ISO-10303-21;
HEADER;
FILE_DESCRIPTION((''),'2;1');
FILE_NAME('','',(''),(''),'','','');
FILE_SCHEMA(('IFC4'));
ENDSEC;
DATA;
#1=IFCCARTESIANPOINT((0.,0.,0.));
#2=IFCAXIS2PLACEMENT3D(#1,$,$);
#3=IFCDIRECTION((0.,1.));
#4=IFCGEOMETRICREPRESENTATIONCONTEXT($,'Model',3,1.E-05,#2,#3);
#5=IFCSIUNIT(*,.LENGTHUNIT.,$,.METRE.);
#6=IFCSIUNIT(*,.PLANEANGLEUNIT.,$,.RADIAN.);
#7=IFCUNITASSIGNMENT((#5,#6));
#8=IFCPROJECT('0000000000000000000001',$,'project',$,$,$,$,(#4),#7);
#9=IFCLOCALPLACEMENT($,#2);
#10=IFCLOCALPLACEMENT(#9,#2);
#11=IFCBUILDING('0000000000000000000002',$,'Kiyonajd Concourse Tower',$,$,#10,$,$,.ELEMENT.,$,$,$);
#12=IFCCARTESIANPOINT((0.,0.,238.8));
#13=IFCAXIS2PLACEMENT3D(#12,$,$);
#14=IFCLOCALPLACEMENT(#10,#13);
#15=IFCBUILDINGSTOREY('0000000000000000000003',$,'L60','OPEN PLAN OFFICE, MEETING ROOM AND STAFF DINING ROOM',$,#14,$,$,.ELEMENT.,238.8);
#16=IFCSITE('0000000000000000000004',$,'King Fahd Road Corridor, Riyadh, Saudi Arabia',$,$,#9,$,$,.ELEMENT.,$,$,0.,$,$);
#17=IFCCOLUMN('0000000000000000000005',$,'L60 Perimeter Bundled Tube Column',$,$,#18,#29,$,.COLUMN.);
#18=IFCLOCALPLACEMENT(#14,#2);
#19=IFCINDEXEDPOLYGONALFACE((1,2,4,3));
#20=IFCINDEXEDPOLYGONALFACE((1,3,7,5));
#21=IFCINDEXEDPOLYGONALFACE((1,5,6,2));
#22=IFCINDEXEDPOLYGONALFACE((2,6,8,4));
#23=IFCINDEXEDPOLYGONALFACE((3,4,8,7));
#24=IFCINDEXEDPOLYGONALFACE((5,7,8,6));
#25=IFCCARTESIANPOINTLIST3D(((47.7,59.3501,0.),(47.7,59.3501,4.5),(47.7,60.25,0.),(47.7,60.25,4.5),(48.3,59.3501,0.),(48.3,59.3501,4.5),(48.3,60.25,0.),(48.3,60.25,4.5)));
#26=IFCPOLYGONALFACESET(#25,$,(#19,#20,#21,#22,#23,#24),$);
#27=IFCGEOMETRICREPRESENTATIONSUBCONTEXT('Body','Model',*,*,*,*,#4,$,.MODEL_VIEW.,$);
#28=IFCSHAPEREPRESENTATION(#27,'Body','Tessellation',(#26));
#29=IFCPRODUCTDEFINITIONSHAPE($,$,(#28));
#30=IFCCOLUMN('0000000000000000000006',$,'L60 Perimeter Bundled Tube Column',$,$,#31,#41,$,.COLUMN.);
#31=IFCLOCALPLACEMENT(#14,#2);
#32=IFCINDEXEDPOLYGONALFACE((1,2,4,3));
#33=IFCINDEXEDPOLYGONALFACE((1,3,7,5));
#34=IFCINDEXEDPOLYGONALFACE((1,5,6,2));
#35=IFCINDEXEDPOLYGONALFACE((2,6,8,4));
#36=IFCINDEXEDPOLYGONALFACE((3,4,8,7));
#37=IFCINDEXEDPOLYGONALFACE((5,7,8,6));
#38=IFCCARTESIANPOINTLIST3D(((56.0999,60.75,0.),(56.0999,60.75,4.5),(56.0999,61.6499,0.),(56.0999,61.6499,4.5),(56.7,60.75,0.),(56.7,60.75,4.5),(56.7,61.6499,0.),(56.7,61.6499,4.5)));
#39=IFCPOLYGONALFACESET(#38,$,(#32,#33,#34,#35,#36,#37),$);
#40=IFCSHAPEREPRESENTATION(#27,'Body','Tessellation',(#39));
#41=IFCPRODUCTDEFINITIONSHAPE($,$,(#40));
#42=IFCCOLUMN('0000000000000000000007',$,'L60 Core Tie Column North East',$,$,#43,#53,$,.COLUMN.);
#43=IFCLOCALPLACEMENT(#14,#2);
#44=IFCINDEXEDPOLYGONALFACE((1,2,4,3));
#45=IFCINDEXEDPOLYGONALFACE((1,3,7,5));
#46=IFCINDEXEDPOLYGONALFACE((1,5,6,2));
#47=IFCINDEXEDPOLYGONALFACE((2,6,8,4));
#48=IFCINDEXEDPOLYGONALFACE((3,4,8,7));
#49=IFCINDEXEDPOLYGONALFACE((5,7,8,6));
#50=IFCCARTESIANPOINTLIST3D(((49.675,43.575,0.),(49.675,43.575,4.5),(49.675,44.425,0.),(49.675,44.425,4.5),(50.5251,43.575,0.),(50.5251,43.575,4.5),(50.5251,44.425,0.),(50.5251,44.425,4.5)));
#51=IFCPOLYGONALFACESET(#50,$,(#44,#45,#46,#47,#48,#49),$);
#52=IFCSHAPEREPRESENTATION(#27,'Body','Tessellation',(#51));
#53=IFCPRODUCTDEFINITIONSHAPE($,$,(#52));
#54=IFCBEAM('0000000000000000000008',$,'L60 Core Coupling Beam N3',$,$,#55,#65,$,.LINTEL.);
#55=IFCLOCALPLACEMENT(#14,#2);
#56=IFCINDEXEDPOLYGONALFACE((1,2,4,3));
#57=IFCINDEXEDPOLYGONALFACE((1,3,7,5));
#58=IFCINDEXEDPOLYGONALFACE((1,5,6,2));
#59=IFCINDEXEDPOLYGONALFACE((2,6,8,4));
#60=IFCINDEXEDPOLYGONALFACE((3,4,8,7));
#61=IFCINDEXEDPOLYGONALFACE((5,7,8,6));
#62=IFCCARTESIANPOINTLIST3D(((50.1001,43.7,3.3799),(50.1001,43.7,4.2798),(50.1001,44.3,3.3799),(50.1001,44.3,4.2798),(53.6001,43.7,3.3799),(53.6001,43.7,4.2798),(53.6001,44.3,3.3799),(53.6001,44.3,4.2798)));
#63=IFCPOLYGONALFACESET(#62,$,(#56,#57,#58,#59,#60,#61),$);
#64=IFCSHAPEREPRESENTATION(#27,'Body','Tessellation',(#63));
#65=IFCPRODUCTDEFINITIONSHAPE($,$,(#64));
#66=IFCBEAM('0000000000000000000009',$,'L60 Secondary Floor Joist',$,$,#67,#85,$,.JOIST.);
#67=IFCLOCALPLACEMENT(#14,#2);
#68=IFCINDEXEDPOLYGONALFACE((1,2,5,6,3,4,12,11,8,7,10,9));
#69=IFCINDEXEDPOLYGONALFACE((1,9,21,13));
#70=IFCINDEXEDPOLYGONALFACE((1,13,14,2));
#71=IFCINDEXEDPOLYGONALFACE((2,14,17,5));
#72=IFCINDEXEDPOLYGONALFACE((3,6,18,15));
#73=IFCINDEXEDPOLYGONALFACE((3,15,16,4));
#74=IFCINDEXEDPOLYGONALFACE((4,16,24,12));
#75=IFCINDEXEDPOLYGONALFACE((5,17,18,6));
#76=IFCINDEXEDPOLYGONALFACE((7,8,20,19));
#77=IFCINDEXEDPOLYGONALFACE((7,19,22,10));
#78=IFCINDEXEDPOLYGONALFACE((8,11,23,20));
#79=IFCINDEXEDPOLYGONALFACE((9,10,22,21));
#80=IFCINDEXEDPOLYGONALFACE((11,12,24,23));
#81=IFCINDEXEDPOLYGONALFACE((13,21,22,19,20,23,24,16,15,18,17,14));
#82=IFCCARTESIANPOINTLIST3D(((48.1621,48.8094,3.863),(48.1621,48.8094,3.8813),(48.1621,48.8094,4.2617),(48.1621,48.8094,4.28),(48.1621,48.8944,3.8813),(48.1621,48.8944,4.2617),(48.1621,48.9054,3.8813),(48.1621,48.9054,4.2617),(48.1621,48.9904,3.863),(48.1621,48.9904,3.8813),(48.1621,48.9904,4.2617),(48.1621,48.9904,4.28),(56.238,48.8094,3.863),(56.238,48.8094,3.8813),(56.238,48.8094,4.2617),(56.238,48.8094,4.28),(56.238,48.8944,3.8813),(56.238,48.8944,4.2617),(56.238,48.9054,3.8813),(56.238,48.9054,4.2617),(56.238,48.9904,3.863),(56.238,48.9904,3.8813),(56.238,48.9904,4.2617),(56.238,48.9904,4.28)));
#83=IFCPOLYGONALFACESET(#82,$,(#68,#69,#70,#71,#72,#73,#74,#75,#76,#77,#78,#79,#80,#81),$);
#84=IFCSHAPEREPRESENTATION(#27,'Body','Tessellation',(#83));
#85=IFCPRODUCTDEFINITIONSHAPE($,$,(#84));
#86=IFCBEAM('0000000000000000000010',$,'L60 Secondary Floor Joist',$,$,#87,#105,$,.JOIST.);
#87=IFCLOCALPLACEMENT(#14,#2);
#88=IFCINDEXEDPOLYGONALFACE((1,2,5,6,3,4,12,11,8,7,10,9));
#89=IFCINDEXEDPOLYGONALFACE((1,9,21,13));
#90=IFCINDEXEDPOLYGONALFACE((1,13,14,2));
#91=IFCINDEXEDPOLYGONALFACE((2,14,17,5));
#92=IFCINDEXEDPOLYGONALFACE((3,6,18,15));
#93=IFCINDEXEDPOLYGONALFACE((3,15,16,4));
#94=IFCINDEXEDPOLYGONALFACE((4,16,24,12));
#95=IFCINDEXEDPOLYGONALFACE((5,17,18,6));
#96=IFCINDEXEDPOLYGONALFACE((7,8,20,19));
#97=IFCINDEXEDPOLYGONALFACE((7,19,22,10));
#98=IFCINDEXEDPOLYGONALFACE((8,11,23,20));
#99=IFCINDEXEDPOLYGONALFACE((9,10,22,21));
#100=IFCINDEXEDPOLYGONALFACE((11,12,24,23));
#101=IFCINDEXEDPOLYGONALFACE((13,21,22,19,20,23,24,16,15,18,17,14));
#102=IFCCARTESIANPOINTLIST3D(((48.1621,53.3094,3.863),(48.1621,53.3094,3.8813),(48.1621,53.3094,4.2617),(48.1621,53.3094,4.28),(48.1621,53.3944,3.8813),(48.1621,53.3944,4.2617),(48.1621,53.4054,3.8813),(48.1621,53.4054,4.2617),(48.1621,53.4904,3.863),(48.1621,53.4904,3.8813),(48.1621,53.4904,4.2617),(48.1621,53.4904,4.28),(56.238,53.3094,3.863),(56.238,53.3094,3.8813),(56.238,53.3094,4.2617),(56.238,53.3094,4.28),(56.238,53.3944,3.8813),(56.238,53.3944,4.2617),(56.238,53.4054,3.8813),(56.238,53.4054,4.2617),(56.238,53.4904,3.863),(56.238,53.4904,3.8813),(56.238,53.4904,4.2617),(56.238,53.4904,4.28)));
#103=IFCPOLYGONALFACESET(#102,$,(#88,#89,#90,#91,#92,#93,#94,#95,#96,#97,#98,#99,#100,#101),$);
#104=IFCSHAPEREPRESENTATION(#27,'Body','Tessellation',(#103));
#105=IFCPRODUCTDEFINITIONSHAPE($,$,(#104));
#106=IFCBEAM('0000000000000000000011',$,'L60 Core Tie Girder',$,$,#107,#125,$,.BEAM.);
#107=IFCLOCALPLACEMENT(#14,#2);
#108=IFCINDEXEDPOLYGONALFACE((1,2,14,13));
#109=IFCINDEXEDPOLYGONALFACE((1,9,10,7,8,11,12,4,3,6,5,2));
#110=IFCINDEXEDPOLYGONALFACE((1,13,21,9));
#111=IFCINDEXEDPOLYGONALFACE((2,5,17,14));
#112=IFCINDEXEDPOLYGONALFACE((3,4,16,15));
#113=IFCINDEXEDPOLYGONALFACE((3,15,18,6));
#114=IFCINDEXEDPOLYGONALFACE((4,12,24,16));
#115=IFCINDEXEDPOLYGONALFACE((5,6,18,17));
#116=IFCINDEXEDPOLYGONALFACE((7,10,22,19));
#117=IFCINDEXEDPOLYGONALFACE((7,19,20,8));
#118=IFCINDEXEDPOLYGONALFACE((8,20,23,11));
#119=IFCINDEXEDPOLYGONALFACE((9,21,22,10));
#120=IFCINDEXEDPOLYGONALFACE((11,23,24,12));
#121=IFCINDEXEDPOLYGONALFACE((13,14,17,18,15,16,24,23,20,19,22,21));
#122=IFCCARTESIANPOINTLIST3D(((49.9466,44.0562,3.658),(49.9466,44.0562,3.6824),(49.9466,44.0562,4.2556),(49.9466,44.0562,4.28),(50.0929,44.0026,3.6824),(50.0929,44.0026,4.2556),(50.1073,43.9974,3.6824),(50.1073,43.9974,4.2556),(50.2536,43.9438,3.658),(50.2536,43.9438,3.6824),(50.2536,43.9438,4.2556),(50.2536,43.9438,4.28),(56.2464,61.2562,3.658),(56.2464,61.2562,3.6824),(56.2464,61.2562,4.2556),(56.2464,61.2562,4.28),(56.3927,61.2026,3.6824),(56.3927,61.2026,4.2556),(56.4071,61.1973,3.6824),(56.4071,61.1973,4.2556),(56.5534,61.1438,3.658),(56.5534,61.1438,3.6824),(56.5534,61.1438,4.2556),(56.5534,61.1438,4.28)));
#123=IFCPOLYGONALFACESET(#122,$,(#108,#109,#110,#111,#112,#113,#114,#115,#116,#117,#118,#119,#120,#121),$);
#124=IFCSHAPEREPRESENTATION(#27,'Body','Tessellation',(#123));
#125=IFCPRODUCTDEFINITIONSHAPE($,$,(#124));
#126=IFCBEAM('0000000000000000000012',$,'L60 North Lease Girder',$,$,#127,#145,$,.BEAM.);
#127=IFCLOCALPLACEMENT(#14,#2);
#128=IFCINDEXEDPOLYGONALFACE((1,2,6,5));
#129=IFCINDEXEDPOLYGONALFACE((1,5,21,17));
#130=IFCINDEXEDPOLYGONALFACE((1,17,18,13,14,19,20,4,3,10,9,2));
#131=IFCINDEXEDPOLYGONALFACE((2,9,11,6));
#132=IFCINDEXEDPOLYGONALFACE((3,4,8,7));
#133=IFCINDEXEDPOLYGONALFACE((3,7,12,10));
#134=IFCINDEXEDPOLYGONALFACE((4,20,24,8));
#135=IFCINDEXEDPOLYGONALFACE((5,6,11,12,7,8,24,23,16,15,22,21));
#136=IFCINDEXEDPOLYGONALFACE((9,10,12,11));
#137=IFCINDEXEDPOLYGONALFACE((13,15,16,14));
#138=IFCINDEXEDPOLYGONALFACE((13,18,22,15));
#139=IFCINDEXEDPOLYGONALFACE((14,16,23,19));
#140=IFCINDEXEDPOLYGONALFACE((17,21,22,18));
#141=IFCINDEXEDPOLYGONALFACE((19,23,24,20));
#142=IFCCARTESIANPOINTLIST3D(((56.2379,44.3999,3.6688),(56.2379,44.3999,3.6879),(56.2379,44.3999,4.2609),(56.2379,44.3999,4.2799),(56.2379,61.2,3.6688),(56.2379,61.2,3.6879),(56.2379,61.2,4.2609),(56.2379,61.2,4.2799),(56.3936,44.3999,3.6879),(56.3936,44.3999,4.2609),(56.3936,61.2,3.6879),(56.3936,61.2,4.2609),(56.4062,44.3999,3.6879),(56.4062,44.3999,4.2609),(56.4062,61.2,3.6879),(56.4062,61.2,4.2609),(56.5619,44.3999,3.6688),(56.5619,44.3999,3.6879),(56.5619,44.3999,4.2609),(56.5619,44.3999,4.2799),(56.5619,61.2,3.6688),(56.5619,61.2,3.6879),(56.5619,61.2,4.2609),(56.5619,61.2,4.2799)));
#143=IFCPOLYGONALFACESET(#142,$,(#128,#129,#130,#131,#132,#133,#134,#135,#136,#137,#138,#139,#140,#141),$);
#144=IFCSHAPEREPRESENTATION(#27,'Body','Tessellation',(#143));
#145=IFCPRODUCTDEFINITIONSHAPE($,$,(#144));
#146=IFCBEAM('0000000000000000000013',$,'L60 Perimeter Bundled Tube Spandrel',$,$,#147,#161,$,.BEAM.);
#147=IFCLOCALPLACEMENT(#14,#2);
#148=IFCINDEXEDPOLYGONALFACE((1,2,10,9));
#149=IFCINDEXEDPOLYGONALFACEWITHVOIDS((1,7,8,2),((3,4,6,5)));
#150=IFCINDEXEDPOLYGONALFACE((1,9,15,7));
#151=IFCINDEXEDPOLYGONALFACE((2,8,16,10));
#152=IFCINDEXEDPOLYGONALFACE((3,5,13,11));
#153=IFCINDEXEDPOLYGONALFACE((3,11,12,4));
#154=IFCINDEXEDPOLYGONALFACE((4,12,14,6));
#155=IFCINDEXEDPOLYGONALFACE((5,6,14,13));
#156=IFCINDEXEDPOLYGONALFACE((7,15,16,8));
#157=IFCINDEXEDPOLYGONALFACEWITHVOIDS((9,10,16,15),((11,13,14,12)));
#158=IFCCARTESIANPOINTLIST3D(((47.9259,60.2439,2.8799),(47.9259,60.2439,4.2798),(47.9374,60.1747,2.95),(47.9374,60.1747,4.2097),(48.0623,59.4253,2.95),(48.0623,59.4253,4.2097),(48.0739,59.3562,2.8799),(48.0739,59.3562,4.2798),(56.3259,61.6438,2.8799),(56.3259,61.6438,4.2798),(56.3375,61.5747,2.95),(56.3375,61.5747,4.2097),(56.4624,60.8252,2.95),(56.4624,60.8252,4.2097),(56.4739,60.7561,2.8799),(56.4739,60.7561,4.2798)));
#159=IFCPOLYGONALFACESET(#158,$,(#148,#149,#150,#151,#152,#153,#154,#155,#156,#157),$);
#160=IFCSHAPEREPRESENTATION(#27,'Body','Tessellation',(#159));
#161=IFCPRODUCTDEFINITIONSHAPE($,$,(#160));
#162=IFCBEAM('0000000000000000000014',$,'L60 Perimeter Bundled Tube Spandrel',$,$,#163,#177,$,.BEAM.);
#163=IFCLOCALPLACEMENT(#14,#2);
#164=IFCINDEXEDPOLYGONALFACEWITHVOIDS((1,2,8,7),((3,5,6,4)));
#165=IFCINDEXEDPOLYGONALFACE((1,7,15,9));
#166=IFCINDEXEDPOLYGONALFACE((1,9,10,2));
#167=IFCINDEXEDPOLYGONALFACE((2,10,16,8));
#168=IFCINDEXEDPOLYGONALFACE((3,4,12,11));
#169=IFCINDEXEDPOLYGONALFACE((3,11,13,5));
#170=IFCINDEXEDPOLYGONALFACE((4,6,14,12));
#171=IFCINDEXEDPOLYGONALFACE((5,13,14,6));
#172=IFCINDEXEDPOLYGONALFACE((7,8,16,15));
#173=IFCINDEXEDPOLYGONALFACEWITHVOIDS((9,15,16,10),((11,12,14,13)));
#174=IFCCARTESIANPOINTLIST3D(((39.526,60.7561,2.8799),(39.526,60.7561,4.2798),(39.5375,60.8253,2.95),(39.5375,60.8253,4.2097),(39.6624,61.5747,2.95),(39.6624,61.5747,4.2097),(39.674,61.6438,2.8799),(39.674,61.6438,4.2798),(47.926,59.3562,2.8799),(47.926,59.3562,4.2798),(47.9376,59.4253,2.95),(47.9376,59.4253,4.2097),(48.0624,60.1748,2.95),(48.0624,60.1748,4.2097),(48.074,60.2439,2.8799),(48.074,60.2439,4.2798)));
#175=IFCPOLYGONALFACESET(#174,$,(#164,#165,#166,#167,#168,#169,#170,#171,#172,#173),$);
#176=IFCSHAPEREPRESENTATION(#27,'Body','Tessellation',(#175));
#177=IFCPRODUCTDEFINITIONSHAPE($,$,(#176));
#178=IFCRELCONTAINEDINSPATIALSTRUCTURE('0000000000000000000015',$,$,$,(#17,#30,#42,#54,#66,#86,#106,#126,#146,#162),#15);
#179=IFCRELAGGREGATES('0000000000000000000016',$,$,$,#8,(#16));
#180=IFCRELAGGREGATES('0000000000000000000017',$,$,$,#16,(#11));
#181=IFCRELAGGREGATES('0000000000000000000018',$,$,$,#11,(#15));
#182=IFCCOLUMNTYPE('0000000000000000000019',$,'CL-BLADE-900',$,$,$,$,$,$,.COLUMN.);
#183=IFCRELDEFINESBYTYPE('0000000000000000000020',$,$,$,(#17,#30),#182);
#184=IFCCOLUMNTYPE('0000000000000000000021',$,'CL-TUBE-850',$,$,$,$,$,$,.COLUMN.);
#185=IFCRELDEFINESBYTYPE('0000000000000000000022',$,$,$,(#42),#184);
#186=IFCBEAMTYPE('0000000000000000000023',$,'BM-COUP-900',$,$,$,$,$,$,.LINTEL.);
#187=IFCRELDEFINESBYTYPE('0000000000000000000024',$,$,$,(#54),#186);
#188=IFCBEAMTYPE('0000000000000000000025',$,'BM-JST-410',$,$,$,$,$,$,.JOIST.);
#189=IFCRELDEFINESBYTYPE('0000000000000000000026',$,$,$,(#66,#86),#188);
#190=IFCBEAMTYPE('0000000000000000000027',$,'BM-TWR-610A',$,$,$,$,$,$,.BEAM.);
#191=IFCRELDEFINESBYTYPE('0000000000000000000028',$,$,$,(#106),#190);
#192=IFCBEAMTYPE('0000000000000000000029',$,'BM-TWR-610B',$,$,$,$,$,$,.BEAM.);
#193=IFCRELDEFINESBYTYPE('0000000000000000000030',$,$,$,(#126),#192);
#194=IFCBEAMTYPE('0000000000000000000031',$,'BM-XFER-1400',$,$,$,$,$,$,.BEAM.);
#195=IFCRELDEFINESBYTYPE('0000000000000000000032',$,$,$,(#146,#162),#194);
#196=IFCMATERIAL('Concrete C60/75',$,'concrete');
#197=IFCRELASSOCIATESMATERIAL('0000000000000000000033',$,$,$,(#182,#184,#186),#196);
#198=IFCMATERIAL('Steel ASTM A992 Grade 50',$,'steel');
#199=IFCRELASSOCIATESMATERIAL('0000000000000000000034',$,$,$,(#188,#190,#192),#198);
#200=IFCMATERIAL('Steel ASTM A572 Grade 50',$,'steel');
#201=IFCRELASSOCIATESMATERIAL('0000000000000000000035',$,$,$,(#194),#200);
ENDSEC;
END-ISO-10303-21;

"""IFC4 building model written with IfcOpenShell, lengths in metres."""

from ifc_helpers import new_model, si_unit, direction, frame, origin, origin_2d, place, context, subcontext, project, spatial, rectangle, hollow_rectangle, i_section, extrude, material, material_profile, profile_set, type_object, element, save


model = new_model("IFC4")

# Units and contexts
model_context = context("Model", 3, precision=1e-05, world=origin(), true_north=direction((0.0, 1.0)))
body_context = subcontext(model_context, "Body", "Model", "MODEL_VIEW")
ifc_project = project(units=[si_unit("LENGTHUNIT", "METRE"), si_unit("PLANEANGLEUNIT", "RADIAN")], contexts=[model_context])

# Site, building, storey
site_placement = place(None, origin())
site = spatial("IfcSite", under=ifc_project, at=site_placement, Name="King Fahd Road Corridor, Riyadh, Saudi Arabia", CompositionType="ELEMENT", RefElevation=0.0)
building_placement = place(site_placement, origin())
building = spatial("IfcBuilding", under=site, at=building_placement, Name="Kiyonajd Concourse Tower", CompositionType="ELEMENT")
storey_placement = place(building_placement, frame((0.0, 0.0, 238.8)))
storey = spatial("IfcBuildingStorey", under=building, at=storey_placement, Name="L60", Description="OPEN PLAN OFFICE, MEETING ROOM AND STAFF DINING ROOM", CompositionType="ELEMENT", Elevation=238.8)

# Columns
ifc_material_1 = material(Name="Concrete C60/75", Category="concrete")
ifc_material_profile_1 = material_profile(ifc_material_1, rectangle(XDim=0.6001, YDim=0.8999, at=origin_2d()), Name="RC-900x600")
ifc_profile_set_1 = profile_set([ifc_material_profile_1], Name="Concrete C60/75")
column_type_1 = type_object("IfcColumnType", Name="CL-BLADE-900", PredefinedType="COLUMN", material=ifc_profile_set_1)
for number, where, z_axis, x_axis, name in (
    (1, (48.0, 59.8, 0.0), (0.0, 0.0, 1.0), (1.0, 0.0, 0.0), "L60 Perimeter Bundled Tube Column"),
    (2, (56.3999, 61.2, 0.0), (0.0, 0.0, 1.0), (1.0, 0.0, 0.0), "L60 Perimeter Bundled Tube Column"),
):
    element("IfcColumn", number, at=place(storey_placement, frame(where, z_axis=z_axis, x_axis=x_axis)), inside=storey, type_object=column_type_1, Name=name, PredefinedType="COLUMN", context=body_context, shape_type="SweptSolid", body=[
        extrude(rectangle(XDim=0.6001, YDim=0.8999, at=origin_2d()), origin(), (0.0, 0.0, 1.0), 4.5),
    ])
ifc_material_profile_2 = material_profile(ifc_material_1, rectangle(XDim=0.8501, YDim=0.8501, at=origin_2d()), Name="RC-850x850")
ifc_profile_set_2 = profile_set([ifc_material_profile_2], Name="Concrete C60/75")
column_type_2 = type_object("IfcColumnType", Name="CL-TUBE-850", PredefinedType="COLUMN", material=ifc_profile_set_2)
column_placement = place(storey_placement, frame((50.1001, 44.0, 0.0), z_axis=(0.0, 0.0, 1.0), x_axis=(1.0, 0.0, 0.0)))
element("IfcColumn", 3, at=column_placement, inside=storey, type_object=column_type_2, Name="L60 Core Tie Column North East", PredefinedType="COLUMN", context=body_context, shape_type="SweptSolid", body=[
    extrude(rectangle(XDim=0.8501, YDim=0.8501, at=origin_2d()), origin(), (0.0, 0.0, 1.0), 4.5),
])

# Beams
ifc_material_profile_3 = material_profile(ifc_material_1, rectangle(XDim=0.6001, YDim=0.8999, at=origin_2d()), Name="RCBM-600x900")
ifc_profile_set_3 = profile_set([ifc_material_profile_3], Name="Concrete C60/75")
beam_type_1 = type_object("IfcBeamType", Name="BM-COUP-900", PredefinedType="LINTEL", material=ifc_profile_set_3)
beam_1_placement = place(storey_placement, frame((50.1001, 44.0, 3.8298), z_axis=(1.0, 0.0, 0.0), x_axis=(0.0, 1.0, 0.0)))
element("IfcBeam", 4, at=beam_1_placement, inside=storey, type_object=beam_type_1, Name="L60 Core Coupling Beam N3", PredefinedType="LINTEL", context=body_context, shape_type="SweptSolid", body=[
    extrude(rectangle(XDim=0.6001, YDim=0.8999, at=origin_2d()), origin(), (0.0, 0.0, 1.0), 3.5),
])
ifc_material_2 = material(Name="Steel ASTM A992 Grade 50", Category="steel")
ifc_material_profile_4 = material_profile(ifc_material_2, i_section(OverallWidth=0.1809, OverallDepth=0.417, WebThickness=0.011, FlangeThickness=0.0183, at=origin_2d()), Name="W410X85")
ifc_profile_set_4 = profile_set([ifc_material_profile_4], Name="Steel ASTM A992 Grade 50")
beam_type_2 = type_object("IfcBeamType", Name="BM-JST-410", PredefinedType="JOIST", material=ifc_profile_set_4)
for number, where, z_axis, x_axis, name in (
    (5, (48.1621, 48.8999, 4.0715), (1.0, 0.0, 0.0), (0.0, 1.0, 0.0), "L60 Secondary Floor Joist"),
    (6, (48.1621, 53.3999, 4.0715), (1.0, 0.0, 0.0), (0.0, 1.0, 0.0), "L60 Secondary Floor Joist"),
):
    element("IfcBeam", number, at=place(storey_placement, frame(where, z_axis=z_axis, x_axis=x_axis)), inside=storey, type_object=beam_type_2, Name=name, PredefinedType="JOIST", context=body_context, shape_type="SweptSolid", body=[
        extrude(i_section(OverallWidth=0.1809, OverallDepth=0.417, WebThickness=0.011, FlangeThickness=0.0183, at=origin_2d()), origin(), (0.0, 0.0, 1.0), 8.0759),
    ])
ifc_material_profile_5 = material_profile(ifc_material_2, i_section(OverallWidth=0.3269, OverallDepth=0.6221, WebThickness=0.0154, FlangeThickness=0.0244, at=origin_2d()), Name="W610X195")
ifc_profile_set_5 = profile_set([ifc_material_profile_5], Name="Steel ASTM A992 Grade 50")
beam_type_3 = type_object("IfcBeamType", Name="BM-TWR-610A", PredefinedType="BEAM", material=ifc_profile_set_5)
beam_2_placement = place(storey_placement, frame((50.1001, 44.0, 3.969), z_axis=(0.343925, 0.938997, 0.0), x_axis=(-0.938997, 0.343925, 0.0)))
element("IfcBeam", 7, at=beam_2_placement, inside=storey, type_object=beam_type_3, Name="L60 Core Tie Girder", PredefinedType="BEAM", context=body_context, shape_type="SweptSolid", body=[
    extrude(i_section(OverallWidth=0.3269, OverallDepth=0.6221, WebThickness=0.0154, FlangeThickness=0.0244, at=origin_2d()), origin(), (0.0, 0.0, 1.0), 18.3174),
])
ifc_material_profile_6 = material_profile(ifc_material_2, i_section(OverallWidth=0.324, OverallDepth=0.6111, WebThickness=0.0127, FlangeThickness=0.019, at=origin_2d()), Name="W610X155")
ifc_profile_set_6 = profile_set([ifc_material_profile_6], Name="Steel ASTM A992 Grade 50")
beam_type_4 = type_object("IfcBeamType", Name="BM-TWR-610B", PredefinedType="BEAM", material=ifc_profile_set_6)
beam_3_placement = place(storey_placement, frame((56.3999, 44.3999, 3.9744), z_axis=(0.0, 1.0, 0.0), x_axis=(-1.0, 0.0, 0.0)))
element("IfcBeam", 8, at=beam_3_placement, inside=storey, type_object=beam_type_4, Name="L60 North Lease Girder", PredefinedType="BEAM", context=body_context, shape_type="SweptSolid", body=[
    extrude(i_section(OverallWidth=0.324, OverallDepth=0.6111, WebThickness=0.0127, FlangeThickness=0.019, at=origin_2d()), origin(), (0.0, 0.0, 1.0), 16.8),
])
ifc_material_3 = material(Name="Steel ASTM A572 Grade 50", Category="steel")
ifc_material_profile_7 = material_profile(ifc_material_3, hollow_rectangle(XDim=0.8999, YDim=1.3999, WallThickness=0.0701, at=origin_2d()), Name="BOX-1400x900x70")
ifc_profile_set_7 = profile_set([ifc_material_profile_7], Name="Steel ASTM A572 Grade 50")
beam_type_5 = type_object("IfcBeamType", Name="BM-XFER-1400", PredefinedType="BEAM", material=ifc_profile_set_7)
for number, where, z_axis, x_axis, name in (
    (9, (56.3999, 61.2, 3.5798), (-0.986395, -0.16439, 0.0), (0.16439, -0.986395, 0.0), "L60 Perimeter Bundled Tube Spandrel"),
    (10, (48.0, 59.8, 3.5798), (-0.986395, 0.16439, 0.0), (-0.16439, -0.986395, 0.0), "L60 Perimeter Bundled Tube Spandrel"),
):
    element("IfcBeam", number, at=place(storey_placement, frame(where, z_axis=z_axis, x_axis=x_axis)), inside=storey, type_object=beam_type_5, Name=name, PredefinedType="BEAM", context=body_context, shape_type="SweptSolid", body=[
        extrude(hollow_rectangle(XDim=0.8999, YDim=1.3999, WallThickness=0.0701, at=origin_2d()), origin(), (0.0, 0.0, 1.0), 8.5159),
    ])

save(model, "model.ifc")
